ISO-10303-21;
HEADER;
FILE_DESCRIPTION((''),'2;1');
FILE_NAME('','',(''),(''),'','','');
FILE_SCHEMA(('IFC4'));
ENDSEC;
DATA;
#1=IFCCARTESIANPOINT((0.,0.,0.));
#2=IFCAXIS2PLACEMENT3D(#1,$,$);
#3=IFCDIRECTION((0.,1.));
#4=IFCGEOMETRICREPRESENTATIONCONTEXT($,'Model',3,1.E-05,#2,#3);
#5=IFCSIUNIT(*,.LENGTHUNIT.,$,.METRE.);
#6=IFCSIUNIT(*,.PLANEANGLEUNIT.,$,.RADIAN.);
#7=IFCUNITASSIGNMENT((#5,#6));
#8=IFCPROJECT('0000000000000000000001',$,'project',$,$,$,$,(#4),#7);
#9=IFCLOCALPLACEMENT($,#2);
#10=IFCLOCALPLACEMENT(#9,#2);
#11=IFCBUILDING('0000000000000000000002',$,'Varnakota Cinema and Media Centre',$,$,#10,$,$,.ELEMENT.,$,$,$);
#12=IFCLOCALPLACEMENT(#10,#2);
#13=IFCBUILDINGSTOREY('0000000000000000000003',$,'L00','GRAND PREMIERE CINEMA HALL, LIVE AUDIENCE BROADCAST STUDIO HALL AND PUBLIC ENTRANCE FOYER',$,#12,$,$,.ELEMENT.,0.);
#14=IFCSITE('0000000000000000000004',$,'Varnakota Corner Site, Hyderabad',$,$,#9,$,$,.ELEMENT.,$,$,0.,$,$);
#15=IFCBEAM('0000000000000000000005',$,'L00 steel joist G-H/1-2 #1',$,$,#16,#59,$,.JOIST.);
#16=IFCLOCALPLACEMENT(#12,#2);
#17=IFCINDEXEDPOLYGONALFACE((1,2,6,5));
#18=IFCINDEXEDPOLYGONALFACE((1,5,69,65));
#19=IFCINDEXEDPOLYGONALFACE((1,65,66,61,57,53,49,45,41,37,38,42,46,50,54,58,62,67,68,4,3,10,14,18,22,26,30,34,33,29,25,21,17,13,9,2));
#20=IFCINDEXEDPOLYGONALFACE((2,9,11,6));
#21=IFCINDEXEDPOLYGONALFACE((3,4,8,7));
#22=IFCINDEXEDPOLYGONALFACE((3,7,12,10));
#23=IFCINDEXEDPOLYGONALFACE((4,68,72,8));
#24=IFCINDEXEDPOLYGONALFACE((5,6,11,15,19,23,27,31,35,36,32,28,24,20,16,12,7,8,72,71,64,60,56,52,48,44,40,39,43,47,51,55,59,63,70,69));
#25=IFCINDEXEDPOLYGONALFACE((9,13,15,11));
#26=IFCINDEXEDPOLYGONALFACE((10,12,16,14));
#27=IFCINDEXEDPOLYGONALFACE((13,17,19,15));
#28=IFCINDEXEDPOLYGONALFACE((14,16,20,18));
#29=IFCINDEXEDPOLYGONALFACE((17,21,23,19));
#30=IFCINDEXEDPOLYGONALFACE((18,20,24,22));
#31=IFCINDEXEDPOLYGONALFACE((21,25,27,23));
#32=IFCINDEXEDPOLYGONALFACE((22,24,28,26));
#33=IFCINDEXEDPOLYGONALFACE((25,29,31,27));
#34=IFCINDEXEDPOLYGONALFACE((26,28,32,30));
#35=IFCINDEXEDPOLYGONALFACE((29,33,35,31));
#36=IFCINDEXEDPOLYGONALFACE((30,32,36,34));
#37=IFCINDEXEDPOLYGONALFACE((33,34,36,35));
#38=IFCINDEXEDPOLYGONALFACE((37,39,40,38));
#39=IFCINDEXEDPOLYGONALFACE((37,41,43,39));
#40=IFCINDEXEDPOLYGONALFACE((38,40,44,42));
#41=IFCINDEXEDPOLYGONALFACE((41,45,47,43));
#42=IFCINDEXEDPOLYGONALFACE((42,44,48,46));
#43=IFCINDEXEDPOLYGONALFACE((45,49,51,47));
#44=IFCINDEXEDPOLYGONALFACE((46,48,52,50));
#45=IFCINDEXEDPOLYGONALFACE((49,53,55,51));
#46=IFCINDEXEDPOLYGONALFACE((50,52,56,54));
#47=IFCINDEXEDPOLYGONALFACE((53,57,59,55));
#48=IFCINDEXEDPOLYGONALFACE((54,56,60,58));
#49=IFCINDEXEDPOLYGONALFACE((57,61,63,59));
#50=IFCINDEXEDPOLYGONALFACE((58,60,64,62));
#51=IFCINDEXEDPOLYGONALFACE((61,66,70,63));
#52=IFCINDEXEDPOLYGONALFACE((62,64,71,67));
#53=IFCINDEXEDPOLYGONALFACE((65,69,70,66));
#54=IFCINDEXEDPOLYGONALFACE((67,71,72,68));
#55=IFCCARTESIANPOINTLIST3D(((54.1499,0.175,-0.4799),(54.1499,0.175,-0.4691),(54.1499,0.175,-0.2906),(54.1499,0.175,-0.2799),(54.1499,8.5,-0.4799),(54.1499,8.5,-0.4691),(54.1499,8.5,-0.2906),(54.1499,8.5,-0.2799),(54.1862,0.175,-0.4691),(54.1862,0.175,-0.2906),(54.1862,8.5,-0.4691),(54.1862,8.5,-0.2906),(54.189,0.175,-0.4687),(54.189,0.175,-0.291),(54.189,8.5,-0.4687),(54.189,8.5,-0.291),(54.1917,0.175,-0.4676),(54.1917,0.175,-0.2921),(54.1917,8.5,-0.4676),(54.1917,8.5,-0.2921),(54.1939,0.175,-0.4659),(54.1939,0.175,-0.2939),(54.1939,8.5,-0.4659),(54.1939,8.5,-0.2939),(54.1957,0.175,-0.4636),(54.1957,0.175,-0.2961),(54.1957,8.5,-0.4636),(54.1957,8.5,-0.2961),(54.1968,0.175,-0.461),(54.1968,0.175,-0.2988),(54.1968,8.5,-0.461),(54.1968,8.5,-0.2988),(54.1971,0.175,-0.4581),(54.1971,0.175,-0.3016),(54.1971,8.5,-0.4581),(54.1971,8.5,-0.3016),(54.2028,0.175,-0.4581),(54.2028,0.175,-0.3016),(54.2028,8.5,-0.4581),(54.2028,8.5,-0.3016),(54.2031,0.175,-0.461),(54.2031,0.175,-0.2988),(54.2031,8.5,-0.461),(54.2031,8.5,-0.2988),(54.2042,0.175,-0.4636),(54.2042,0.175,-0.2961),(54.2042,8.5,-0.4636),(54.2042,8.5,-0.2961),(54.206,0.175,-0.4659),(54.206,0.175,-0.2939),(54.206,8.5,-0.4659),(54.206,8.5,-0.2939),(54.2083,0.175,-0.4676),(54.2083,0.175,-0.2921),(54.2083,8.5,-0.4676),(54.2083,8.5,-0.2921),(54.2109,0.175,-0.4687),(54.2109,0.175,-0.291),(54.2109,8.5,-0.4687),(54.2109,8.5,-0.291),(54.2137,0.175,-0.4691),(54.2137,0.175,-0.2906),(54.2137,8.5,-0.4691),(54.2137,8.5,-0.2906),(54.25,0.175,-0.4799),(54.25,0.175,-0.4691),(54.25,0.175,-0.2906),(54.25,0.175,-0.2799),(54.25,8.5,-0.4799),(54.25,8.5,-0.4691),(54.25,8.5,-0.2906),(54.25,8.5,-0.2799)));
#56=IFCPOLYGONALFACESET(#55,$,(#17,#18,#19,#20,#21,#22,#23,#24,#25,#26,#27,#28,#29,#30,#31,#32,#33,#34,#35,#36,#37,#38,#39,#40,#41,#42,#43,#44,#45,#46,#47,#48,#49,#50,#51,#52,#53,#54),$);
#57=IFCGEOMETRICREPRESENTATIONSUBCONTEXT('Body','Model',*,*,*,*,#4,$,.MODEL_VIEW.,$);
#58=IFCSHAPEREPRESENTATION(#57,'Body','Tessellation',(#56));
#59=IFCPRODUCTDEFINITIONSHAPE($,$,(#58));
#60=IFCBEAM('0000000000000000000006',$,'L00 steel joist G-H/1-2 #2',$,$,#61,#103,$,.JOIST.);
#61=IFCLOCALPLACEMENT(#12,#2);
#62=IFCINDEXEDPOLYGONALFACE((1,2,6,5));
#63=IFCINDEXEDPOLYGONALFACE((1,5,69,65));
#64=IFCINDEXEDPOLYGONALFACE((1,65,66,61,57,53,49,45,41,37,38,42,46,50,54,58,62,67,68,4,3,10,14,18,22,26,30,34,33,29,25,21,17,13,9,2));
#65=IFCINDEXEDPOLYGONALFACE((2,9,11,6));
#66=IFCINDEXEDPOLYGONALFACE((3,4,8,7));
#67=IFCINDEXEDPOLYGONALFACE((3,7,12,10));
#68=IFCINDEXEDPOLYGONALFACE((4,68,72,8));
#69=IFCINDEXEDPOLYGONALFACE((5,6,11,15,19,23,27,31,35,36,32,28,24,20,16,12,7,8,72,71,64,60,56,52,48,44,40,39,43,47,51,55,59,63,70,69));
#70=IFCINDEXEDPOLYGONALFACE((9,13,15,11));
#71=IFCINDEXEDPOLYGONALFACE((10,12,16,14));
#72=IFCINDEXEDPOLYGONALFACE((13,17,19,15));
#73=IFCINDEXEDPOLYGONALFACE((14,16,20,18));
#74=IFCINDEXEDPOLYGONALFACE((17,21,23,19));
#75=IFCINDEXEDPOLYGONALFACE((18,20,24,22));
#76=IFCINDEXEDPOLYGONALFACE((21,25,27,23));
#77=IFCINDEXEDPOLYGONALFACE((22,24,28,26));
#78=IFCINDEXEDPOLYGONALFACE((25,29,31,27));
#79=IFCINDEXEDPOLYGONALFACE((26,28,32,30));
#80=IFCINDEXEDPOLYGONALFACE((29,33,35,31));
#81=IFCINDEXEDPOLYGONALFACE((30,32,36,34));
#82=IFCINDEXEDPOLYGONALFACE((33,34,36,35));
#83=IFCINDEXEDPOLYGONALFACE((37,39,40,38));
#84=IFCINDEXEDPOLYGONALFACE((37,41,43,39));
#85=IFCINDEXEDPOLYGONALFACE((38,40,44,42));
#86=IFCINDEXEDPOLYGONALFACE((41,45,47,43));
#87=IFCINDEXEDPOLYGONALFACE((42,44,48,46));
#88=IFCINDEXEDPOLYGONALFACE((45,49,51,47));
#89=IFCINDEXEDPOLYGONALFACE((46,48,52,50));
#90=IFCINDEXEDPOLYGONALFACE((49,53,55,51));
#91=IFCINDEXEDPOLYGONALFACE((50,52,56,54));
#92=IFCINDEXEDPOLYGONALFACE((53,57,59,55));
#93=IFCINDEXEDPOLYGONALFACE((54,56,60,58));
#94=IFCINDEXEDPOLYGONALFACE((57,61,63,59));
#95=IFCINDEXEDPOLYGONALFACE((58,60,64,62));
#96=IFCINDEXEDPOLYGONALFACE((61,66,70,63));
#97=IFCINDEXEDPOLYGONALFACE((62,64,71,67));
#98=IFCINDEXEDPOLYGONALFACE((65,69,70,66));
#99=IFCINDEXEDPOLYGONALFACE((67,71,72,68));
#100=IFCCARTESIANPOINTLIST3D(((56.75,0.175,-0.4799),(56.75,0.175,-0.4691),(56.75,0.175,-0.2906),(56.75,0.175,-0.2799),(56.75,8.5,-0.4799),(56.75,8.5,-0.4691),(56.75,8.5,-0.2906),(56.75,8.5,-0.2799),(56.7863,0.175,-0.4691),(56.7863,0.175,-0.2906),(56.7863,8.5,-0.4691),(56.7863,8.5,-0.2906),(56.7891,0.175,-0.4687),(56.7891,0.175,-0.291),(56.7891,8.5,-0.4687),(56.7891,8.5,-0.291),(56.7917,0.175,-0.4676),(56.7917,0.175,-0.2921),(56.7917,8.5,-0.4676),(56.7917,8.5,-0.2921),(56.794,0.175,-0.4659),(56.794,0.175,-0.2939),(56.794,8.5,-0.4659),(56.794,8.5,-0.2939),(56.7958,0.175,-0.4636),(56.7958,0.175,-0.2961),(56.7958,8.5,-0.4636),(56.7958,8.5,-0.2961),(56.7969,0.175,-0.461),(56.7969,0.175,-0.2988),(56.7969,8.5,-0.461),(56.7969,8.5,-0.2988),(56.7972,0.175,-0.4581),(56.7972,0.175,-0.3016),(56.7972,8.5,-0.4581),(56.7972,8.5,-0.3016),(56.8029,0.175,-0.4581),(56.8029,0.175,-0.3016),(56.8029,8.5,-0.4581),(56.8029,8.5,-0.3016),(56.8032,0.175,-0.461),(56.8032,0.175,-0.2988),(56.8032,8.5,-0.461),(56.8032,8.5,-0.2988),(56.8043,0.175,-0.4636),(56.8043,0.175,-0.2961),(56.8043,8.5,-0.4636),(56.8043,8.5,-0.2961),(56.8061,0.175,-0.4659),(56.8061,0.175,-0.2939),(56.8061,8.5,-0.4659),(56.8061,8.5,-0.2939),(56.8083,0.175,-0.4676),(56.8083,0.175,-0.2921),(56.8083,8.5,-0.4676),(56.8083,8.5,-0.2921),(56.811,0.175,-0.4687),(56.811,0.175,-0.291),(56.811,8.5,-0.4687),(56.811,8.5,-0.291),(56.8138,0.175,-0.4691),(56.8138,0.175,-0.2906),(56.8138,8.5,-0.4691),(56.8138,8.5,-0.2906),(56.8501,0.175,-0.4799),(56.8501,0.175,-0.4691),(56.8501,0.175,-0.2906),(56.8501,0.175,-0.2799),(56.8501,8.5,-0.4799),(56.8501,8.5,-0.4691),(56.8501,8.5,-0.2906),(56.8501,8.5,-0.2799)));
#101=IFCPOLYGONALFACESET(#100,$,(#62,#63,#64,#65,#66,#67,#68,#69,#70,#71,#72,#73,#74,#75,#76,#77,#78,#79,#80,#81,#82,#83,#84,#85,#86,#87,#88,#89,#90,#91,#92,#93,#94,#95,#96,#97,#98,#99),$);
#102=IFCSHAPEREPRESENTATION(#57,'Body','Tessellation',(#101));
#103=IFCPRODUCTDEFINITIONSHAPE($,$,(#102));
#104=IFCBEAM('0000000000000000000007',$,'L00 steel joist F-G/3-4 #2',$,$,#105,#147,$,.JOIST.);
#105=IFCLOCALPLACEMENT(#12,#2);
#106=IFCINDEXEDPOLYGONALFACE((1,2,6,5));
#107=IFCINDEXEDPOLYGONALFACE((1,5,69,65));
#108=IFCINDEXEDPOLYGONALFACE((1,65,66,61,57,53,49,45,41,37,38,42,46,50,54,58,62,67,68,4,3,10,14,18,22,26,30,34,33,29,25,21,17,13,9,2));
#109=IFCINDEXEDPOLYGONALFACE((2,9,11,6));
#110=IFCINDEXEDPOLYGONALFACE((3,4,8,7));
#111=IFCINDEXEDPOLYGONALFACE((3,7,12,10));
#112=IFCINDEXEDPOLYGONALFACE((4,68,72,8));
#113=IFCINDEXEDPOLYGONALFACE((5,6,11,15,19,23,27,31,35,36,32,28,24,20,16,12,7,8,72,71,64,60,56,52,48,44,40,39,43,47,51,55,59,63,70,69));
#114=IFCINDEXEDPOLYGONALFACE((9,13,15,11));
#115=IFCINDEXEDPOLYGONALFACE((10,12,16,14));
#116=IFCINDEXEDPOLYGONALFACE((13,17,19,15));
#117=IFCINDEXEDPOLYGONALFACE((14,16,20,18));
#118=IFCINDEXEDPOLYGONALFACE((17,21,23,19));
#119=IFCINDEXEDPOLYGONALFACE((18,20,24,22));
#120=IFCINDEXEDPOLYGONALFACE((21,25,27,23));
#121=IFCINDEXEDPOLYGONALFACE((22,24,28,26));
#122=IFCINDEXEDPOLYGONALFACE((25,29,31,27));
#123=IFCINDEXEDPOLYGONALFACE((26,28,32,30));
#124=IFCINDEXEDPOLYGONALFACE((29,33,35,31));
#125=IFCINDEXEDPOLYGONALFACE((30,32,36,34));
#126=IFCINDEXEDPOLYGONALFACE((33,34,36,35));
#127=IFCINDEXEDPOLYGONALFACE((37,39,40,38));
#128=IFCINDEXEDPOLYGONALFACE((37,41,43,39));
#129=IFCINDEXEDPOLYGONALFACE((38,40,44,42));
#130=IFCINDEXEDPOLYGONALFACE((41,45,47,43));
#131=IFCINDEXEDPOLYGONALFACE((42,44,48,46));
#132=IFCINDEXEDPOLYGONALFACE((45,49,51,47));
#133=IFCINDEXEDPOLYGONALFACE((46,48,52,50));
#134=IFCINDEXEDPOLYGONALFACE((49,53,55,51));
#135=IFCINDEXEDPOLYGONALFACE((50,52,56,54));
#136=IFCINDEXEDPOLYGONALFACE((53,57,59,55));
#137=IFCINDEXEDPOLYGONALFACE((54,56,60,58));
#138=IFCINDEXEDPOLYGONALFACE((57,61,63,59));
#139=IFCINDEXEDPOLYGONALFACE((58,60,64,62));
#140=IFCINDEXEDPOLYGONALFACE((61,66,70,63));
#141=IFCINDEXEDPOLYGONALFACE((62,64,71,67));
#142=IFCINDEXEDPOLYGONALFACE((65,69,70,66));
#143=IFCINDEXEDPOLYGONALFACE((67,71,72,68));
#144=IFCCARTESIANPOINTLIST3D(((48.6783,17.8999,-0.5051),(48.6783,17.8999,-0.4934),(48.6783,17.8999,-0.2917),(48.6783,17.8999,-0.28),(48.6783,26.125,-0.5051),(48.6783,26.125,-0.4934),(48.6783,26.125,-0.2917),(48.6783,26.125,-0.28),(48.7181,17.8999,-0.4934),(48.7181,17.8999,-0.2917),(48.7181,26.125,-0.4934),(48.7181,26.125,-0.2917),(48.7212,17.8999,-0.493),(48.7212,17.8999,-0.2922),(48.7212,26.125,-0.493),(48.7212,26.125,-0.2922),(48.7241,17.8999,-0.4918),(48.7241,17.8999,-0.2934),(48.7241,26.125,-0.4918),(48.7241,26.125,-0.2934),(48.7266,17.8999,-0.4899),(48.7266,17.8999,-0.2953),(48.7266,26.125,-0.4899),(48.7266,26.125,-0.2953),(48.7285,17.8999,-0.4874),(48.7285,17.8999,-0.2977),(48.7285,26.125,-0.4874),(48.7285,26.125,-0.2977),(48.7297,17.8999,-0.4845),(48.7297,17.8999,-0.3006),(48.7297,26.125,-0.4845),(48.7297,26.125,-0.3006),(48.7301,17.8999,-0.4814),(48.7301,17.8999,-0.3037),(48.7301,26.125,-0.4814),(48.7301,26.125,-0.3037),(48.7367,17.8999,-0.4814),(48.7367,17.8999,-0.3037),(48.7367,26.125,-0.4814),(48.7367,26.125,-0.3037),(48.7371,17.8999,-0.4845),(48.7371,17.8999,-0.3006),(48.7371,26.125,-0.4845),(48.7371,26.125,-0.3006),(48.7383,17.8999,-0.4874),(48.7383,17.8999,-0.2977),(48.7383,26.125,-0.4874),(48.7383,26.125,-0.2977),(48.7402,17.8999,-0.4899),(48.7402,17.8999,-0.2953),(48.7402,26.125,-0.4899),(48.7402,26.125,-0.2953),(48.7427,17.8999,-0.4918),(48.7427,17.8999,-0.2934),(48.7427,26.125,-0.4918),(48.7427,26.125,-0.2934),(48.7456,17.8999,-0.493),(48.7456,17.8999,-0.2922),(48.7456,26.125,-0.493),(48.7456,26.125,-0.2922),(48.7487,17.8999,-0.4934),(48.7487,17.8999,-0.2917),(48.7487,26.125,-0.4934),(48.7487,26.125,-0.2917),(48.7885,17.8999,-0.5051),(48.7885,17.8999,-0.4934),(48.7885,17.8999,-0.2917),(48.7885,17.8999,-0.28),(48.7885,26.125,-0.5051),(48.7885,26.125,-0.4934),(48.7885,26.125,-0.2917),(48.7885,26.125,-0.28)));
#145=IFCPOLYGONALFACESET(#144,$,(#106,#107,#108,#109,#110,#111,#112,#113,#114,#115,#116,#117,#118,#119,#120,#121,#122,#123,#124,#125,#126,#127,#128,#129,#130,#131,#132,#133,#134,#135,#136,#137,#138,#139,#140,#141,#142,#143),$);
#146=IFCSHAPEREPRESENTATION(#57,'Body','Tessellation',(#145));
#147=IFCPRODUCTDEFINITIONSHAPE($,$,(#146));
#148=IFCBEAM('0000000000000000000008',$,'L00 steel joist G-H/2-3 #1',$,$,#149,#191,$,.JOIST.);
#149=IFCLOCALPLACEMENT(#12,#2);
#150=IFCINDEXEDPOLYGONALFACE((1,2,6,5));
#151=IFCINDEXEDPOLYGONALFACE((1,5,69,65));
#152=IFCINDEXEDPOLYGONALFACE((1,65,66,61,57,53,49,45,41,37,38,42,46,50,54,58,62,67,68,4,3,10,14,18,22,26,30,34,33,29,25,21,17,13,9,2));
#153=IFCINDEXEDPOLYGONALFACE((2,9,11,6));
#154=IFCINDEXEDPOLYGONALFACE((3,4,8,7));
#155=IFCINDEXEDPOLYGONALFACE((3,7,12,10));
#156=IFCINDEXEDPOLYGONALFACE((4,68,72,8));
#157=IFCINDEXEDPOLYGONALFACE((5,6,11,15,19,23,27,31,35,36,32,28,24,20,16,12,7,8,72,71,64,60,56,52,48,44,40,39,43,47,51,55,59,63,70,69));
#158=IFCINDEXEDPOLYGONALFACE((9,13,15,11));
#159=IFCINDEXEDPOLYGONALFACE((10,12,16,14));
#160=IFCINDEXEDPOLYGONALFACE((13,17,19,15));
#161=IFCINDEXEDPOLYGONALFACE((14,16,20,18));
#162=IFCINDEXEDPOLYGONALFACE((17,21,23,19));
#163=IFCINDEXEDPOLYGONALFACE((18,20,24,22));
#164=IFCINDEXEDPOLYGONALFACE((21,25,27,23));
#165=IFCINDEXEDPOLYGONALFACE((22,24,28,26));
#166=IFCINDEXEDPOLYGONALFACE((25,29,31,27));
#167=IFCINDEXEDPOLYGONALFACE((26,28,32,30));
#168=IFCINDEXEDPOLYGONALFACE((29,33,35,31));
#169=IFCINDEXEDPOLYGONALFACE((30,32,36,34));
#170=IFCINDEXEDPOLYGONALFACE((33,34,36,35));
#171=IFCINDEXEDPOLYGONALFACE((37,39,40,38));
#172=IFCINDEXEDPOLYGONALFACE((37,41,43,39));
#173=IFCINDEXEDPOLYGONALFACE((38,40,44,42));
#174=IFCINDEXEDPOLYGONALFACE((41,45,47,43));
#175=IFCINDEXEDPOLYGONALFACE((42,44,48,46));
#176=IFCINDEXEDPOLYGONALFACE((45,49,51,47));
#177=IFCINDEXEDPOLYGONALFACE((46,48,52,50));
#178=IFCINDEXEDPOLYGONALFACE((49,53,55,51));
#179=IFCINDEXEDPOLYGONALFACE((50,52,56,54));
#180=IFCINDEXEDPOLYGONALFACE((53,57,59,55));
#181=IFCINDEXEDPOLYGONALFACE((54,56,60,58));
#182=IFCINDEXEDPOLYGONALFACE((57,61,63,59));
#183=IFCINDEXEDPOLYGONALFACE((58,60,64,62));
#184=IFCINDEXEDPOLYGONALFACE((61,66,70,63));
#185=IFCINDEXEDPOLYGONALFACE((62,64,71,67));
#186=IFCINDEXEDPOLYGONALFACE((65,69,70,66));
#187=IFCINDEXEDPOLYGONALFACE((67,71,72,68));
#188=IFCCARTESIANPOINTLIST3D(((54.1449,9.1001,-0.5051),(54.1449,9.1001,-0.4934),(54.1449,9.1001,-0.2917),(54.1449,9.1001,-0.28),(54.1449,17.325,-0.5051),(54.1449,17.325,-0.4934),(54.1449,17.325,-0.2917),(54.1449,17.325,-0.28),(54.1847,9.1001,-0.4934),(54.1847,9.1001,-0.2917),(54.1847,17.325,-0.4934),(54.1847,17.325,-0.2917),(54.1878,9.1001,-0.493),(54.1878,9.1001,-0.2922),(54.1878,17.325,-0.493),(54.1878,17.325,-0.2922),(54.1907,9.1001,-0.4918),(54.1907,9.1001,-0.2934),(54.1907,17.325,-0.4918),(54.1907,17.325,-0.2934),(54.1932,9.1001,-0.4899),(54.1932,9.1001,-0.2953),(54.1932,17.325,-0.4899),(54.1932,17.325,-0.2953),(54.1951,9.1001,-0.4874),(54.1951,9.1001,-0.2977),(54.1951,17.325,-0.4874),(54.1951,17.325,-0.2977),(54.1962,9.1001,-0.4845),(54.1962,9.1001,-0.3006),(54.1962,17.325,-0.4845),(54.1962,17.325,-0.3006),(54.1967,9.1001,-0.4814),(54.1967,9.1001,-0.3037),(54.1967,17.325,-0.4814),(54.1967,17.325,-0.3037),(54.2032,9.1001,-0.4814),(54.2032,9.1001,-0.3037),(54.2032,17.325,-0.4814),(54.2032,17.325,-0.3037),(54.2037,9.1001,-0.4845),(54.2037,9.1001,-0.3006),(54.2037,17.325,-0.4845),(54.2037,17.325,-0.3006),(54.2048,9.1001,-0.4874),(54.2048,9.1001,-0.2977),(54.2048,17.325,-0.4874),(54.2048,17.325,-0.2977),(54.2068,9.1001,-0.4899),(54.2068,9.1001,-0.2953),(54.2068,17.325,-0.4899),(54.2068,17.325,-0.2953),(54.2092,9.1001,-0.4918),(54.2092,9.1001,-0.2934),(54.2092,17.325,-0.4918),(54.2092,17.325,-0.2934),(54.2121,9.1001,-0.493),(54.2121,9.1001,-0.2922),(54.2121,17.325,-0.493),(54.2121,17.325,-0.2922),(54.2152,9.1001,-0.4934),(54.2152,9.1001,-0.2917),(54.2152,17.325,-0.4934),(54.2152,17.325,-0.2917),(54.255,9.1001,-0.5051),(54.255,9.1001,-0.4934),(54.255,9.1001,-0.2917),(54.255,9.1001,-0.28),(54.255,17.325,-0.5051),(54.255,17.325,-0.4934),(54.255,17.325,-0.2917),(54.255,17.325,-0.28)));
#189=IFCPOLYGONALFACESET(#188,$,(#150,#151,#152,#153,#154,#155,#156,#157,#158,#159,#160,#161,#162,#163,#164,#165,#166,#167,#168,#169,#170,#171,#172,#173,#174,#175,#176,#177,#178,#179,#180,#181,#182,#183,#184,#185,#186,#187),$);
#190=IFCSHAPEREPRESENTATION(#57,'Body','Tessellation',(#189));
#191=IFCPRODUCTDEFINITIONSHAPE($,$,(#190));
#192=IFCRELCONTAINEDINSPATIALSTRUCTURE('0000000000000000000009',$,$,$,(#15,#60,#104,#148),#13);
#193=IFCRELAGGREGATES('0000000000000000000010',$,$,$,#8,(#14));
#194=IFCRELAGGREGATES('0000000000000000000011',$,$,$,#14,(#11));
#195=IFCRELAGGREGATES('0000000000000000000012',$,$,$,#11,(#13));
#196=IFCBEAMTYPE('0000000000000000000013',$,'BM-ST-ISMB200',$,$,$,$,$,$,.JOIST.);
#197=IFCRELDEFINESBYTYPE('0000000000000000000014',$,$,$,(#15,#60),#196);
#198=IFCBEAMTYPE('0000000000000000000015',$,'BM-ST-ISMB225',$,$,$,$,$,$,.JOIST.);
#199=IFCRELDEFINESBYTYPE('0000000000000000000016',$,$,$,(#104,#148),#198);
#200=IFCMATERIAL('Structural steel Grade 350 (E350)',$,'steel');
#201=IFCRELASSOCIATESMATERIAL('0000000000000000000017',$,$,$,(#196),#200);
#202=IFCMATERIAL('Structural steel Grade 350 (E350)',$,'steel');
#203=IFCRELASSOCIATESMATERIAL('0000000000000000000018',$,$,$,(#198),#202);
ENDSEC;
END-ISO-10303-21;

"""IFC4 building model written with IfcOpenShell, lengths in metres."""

from ifc_helpers import new_model, si_unit, direction, frame, origin, origin_2d, place, context, subcontext, project, spatial, i_section, extrude, material, material_profile, profile_set, type_object, element, save


model = new_model("IFC4")

# Units and contexts
model_context = context("Model", 3, precision=1e-05, world=origin(), true_north=direction((0.0, 1.0)))
body_context = subcontext(model_context, "Body", "Model", "MODEL_VIEW")
ifc_project = project(units=[si_unit("LENGTHUNIT", "METRE"), si_unit("PLANEANGLEUNIT", "RADIAN")], contexts=[model_context])

# Site, building, storey
site_placement = place(None, origin())
site = spatial("IfcSite", under=ifc_project, at=site_placement, Name="Varnakota Corner Site, Hyderabad", CompositionType="ELEMENT", RefElevation=0.0)
building_placement = place(site_placement, origin())
building = spatial("IfcBuilding", under=site, at=building_placement, Name="Varnakota Cinema and Media Centre", CompositionType="ELEMENT")
storey_placement = place(building_placement, origin())
storey = spatial("IfcBuildingStorey", under=building, at=storey_placement, Name="L00", Description="GRAND PREMIERE CINEMA HALL, LIVE AUDIENCE BROADCAST STUDIO HALL AND PUBLIC ENTRANCE FOYER", CompositionType="ELEMENT", Elevation=0.0)

# Beams
ifc_material_1 = material(Name="Structural steel Grade 350 (E350)", Category="steel")
ifc_material_profile_1 = material_profile(ifc_material_1, i_section(OverallWidth=0.1001, OverallDepth=0.2, WebThickness=0.0056, FlangeThickness=0.0107, FilletRadius=0.011, at=origin_2d()), Name="ISMB 200")
ifc_profile_set_1 = profile_set([ifc_material_profile_1], Name="Structural steel Grade 350 (E350)")
beam_type_1 = type_object("IfcBeamType", Name="BM-ST-ISMB200", PredefinedType="JOIST", material=ifc_profile_set_1)
for number, where, z_axis, x_axis, name in (
    (1, (54.2, 0.175, -0.3799), (0.0, 1.0, 0.0), (-1.0, 0.0, 0.0), "L00 steel joist G-H/1-2 #1"),
    (2, (56.8, 0.175, -0.3799), (0.0, 1.0, 0.0), (-1.0, 0.0, 0.0), "L00 steel joist G-H/1-2 #2"),
):
    element("IfcBeam", number, at=place(storey_placement, frame(where, z_axis=z_axis, x_axis=x_axis)), inside=storey, type_object=beam_type_1, Name=name, PredefinedType="JOIST", context=body_context, shape_type="SweptSolid", body=[
        extrude(i_section(OverallWidth=0.1001, OverallDepth=0.2, WebThickness=0.0056, FlangeThickness=0.0107, FilletRadius=0.011, at=origin_2d()), origin(), (0.0, 0.0, 1.0), 8.325),
    ])
ifc_material_2 = material(Name="Structural steel Grade 350 (E350)", Category="steel")
ifc_material_profile_2 = material_profile(ifc_material_2, i_section(OverallWidth=0.1101, OverallDepth=0.2251, WebThickness=0.0066, FlangeThickness=0.0117, FilletRadius=0.012, at=origin_2d()), Name="ISMB 225")
ifc_profile_set_2 = profile_set([ifc_material_profile_2], Name="Structural steel Grade 350 (E350)")
beam_type_2 = type_object("IfcBeamType", Name="BM-ST-ISMB225", PredefinedType="JOIST", material=ifc_profile_set_2)
beam_1_placement = place(storey_placement, frame((48.7334, 17.8999, -0.3926), z_axis=(0.0, 1.0, 0.0), x_axis=(-1.0, 0.0, 0.0)))
element("IfcBeam", 3, at=beam_1_placement, inside=storey, type_object=beam_type_2, Name="L00 steel joist F-G/3-4 #2", PredefinedType="JOIST", context=body_context, shape_type="SweptSolid", body=[
    extrude(i_section(OverallWidth=0.1101, OverallDepth=0.2251, WebThickness=0.0066, FlangeThickness=0.0117, FilletRadius=0.012, at=origin_2d()), origin(), (0.0, 0.0, 1.0), 8.2251),
])
for number, where, z_axis, x_axis, name in (
    (4, (54.2, 9.1001, -0.3926), (0.0, 1.0, 0.0), (-1.0, 0.0, 0.0), "L00 steel joist G-H/2-3 #1"),
):
    element("IfcBeam", number, at=place(storey_placement, frame(where, z_axis=z_axis, x_axis=x_axis)), inside=storey, type_object=beam_type_2, Name=name, PredefinedType="JOIST", context=body_context, shape_type="SweptSolid", body=[
        extrude(i_section(OverallWidth=0.1101, OverallDepth=0.2251, WebThickness=0.0066, FlangeThickness=0.0117, FilletRadius=0.012, at=origin_2d()), origin(), (0.0, 0.0, 1.0), 8.2249),
    ])

save(model, "model.ifc")
